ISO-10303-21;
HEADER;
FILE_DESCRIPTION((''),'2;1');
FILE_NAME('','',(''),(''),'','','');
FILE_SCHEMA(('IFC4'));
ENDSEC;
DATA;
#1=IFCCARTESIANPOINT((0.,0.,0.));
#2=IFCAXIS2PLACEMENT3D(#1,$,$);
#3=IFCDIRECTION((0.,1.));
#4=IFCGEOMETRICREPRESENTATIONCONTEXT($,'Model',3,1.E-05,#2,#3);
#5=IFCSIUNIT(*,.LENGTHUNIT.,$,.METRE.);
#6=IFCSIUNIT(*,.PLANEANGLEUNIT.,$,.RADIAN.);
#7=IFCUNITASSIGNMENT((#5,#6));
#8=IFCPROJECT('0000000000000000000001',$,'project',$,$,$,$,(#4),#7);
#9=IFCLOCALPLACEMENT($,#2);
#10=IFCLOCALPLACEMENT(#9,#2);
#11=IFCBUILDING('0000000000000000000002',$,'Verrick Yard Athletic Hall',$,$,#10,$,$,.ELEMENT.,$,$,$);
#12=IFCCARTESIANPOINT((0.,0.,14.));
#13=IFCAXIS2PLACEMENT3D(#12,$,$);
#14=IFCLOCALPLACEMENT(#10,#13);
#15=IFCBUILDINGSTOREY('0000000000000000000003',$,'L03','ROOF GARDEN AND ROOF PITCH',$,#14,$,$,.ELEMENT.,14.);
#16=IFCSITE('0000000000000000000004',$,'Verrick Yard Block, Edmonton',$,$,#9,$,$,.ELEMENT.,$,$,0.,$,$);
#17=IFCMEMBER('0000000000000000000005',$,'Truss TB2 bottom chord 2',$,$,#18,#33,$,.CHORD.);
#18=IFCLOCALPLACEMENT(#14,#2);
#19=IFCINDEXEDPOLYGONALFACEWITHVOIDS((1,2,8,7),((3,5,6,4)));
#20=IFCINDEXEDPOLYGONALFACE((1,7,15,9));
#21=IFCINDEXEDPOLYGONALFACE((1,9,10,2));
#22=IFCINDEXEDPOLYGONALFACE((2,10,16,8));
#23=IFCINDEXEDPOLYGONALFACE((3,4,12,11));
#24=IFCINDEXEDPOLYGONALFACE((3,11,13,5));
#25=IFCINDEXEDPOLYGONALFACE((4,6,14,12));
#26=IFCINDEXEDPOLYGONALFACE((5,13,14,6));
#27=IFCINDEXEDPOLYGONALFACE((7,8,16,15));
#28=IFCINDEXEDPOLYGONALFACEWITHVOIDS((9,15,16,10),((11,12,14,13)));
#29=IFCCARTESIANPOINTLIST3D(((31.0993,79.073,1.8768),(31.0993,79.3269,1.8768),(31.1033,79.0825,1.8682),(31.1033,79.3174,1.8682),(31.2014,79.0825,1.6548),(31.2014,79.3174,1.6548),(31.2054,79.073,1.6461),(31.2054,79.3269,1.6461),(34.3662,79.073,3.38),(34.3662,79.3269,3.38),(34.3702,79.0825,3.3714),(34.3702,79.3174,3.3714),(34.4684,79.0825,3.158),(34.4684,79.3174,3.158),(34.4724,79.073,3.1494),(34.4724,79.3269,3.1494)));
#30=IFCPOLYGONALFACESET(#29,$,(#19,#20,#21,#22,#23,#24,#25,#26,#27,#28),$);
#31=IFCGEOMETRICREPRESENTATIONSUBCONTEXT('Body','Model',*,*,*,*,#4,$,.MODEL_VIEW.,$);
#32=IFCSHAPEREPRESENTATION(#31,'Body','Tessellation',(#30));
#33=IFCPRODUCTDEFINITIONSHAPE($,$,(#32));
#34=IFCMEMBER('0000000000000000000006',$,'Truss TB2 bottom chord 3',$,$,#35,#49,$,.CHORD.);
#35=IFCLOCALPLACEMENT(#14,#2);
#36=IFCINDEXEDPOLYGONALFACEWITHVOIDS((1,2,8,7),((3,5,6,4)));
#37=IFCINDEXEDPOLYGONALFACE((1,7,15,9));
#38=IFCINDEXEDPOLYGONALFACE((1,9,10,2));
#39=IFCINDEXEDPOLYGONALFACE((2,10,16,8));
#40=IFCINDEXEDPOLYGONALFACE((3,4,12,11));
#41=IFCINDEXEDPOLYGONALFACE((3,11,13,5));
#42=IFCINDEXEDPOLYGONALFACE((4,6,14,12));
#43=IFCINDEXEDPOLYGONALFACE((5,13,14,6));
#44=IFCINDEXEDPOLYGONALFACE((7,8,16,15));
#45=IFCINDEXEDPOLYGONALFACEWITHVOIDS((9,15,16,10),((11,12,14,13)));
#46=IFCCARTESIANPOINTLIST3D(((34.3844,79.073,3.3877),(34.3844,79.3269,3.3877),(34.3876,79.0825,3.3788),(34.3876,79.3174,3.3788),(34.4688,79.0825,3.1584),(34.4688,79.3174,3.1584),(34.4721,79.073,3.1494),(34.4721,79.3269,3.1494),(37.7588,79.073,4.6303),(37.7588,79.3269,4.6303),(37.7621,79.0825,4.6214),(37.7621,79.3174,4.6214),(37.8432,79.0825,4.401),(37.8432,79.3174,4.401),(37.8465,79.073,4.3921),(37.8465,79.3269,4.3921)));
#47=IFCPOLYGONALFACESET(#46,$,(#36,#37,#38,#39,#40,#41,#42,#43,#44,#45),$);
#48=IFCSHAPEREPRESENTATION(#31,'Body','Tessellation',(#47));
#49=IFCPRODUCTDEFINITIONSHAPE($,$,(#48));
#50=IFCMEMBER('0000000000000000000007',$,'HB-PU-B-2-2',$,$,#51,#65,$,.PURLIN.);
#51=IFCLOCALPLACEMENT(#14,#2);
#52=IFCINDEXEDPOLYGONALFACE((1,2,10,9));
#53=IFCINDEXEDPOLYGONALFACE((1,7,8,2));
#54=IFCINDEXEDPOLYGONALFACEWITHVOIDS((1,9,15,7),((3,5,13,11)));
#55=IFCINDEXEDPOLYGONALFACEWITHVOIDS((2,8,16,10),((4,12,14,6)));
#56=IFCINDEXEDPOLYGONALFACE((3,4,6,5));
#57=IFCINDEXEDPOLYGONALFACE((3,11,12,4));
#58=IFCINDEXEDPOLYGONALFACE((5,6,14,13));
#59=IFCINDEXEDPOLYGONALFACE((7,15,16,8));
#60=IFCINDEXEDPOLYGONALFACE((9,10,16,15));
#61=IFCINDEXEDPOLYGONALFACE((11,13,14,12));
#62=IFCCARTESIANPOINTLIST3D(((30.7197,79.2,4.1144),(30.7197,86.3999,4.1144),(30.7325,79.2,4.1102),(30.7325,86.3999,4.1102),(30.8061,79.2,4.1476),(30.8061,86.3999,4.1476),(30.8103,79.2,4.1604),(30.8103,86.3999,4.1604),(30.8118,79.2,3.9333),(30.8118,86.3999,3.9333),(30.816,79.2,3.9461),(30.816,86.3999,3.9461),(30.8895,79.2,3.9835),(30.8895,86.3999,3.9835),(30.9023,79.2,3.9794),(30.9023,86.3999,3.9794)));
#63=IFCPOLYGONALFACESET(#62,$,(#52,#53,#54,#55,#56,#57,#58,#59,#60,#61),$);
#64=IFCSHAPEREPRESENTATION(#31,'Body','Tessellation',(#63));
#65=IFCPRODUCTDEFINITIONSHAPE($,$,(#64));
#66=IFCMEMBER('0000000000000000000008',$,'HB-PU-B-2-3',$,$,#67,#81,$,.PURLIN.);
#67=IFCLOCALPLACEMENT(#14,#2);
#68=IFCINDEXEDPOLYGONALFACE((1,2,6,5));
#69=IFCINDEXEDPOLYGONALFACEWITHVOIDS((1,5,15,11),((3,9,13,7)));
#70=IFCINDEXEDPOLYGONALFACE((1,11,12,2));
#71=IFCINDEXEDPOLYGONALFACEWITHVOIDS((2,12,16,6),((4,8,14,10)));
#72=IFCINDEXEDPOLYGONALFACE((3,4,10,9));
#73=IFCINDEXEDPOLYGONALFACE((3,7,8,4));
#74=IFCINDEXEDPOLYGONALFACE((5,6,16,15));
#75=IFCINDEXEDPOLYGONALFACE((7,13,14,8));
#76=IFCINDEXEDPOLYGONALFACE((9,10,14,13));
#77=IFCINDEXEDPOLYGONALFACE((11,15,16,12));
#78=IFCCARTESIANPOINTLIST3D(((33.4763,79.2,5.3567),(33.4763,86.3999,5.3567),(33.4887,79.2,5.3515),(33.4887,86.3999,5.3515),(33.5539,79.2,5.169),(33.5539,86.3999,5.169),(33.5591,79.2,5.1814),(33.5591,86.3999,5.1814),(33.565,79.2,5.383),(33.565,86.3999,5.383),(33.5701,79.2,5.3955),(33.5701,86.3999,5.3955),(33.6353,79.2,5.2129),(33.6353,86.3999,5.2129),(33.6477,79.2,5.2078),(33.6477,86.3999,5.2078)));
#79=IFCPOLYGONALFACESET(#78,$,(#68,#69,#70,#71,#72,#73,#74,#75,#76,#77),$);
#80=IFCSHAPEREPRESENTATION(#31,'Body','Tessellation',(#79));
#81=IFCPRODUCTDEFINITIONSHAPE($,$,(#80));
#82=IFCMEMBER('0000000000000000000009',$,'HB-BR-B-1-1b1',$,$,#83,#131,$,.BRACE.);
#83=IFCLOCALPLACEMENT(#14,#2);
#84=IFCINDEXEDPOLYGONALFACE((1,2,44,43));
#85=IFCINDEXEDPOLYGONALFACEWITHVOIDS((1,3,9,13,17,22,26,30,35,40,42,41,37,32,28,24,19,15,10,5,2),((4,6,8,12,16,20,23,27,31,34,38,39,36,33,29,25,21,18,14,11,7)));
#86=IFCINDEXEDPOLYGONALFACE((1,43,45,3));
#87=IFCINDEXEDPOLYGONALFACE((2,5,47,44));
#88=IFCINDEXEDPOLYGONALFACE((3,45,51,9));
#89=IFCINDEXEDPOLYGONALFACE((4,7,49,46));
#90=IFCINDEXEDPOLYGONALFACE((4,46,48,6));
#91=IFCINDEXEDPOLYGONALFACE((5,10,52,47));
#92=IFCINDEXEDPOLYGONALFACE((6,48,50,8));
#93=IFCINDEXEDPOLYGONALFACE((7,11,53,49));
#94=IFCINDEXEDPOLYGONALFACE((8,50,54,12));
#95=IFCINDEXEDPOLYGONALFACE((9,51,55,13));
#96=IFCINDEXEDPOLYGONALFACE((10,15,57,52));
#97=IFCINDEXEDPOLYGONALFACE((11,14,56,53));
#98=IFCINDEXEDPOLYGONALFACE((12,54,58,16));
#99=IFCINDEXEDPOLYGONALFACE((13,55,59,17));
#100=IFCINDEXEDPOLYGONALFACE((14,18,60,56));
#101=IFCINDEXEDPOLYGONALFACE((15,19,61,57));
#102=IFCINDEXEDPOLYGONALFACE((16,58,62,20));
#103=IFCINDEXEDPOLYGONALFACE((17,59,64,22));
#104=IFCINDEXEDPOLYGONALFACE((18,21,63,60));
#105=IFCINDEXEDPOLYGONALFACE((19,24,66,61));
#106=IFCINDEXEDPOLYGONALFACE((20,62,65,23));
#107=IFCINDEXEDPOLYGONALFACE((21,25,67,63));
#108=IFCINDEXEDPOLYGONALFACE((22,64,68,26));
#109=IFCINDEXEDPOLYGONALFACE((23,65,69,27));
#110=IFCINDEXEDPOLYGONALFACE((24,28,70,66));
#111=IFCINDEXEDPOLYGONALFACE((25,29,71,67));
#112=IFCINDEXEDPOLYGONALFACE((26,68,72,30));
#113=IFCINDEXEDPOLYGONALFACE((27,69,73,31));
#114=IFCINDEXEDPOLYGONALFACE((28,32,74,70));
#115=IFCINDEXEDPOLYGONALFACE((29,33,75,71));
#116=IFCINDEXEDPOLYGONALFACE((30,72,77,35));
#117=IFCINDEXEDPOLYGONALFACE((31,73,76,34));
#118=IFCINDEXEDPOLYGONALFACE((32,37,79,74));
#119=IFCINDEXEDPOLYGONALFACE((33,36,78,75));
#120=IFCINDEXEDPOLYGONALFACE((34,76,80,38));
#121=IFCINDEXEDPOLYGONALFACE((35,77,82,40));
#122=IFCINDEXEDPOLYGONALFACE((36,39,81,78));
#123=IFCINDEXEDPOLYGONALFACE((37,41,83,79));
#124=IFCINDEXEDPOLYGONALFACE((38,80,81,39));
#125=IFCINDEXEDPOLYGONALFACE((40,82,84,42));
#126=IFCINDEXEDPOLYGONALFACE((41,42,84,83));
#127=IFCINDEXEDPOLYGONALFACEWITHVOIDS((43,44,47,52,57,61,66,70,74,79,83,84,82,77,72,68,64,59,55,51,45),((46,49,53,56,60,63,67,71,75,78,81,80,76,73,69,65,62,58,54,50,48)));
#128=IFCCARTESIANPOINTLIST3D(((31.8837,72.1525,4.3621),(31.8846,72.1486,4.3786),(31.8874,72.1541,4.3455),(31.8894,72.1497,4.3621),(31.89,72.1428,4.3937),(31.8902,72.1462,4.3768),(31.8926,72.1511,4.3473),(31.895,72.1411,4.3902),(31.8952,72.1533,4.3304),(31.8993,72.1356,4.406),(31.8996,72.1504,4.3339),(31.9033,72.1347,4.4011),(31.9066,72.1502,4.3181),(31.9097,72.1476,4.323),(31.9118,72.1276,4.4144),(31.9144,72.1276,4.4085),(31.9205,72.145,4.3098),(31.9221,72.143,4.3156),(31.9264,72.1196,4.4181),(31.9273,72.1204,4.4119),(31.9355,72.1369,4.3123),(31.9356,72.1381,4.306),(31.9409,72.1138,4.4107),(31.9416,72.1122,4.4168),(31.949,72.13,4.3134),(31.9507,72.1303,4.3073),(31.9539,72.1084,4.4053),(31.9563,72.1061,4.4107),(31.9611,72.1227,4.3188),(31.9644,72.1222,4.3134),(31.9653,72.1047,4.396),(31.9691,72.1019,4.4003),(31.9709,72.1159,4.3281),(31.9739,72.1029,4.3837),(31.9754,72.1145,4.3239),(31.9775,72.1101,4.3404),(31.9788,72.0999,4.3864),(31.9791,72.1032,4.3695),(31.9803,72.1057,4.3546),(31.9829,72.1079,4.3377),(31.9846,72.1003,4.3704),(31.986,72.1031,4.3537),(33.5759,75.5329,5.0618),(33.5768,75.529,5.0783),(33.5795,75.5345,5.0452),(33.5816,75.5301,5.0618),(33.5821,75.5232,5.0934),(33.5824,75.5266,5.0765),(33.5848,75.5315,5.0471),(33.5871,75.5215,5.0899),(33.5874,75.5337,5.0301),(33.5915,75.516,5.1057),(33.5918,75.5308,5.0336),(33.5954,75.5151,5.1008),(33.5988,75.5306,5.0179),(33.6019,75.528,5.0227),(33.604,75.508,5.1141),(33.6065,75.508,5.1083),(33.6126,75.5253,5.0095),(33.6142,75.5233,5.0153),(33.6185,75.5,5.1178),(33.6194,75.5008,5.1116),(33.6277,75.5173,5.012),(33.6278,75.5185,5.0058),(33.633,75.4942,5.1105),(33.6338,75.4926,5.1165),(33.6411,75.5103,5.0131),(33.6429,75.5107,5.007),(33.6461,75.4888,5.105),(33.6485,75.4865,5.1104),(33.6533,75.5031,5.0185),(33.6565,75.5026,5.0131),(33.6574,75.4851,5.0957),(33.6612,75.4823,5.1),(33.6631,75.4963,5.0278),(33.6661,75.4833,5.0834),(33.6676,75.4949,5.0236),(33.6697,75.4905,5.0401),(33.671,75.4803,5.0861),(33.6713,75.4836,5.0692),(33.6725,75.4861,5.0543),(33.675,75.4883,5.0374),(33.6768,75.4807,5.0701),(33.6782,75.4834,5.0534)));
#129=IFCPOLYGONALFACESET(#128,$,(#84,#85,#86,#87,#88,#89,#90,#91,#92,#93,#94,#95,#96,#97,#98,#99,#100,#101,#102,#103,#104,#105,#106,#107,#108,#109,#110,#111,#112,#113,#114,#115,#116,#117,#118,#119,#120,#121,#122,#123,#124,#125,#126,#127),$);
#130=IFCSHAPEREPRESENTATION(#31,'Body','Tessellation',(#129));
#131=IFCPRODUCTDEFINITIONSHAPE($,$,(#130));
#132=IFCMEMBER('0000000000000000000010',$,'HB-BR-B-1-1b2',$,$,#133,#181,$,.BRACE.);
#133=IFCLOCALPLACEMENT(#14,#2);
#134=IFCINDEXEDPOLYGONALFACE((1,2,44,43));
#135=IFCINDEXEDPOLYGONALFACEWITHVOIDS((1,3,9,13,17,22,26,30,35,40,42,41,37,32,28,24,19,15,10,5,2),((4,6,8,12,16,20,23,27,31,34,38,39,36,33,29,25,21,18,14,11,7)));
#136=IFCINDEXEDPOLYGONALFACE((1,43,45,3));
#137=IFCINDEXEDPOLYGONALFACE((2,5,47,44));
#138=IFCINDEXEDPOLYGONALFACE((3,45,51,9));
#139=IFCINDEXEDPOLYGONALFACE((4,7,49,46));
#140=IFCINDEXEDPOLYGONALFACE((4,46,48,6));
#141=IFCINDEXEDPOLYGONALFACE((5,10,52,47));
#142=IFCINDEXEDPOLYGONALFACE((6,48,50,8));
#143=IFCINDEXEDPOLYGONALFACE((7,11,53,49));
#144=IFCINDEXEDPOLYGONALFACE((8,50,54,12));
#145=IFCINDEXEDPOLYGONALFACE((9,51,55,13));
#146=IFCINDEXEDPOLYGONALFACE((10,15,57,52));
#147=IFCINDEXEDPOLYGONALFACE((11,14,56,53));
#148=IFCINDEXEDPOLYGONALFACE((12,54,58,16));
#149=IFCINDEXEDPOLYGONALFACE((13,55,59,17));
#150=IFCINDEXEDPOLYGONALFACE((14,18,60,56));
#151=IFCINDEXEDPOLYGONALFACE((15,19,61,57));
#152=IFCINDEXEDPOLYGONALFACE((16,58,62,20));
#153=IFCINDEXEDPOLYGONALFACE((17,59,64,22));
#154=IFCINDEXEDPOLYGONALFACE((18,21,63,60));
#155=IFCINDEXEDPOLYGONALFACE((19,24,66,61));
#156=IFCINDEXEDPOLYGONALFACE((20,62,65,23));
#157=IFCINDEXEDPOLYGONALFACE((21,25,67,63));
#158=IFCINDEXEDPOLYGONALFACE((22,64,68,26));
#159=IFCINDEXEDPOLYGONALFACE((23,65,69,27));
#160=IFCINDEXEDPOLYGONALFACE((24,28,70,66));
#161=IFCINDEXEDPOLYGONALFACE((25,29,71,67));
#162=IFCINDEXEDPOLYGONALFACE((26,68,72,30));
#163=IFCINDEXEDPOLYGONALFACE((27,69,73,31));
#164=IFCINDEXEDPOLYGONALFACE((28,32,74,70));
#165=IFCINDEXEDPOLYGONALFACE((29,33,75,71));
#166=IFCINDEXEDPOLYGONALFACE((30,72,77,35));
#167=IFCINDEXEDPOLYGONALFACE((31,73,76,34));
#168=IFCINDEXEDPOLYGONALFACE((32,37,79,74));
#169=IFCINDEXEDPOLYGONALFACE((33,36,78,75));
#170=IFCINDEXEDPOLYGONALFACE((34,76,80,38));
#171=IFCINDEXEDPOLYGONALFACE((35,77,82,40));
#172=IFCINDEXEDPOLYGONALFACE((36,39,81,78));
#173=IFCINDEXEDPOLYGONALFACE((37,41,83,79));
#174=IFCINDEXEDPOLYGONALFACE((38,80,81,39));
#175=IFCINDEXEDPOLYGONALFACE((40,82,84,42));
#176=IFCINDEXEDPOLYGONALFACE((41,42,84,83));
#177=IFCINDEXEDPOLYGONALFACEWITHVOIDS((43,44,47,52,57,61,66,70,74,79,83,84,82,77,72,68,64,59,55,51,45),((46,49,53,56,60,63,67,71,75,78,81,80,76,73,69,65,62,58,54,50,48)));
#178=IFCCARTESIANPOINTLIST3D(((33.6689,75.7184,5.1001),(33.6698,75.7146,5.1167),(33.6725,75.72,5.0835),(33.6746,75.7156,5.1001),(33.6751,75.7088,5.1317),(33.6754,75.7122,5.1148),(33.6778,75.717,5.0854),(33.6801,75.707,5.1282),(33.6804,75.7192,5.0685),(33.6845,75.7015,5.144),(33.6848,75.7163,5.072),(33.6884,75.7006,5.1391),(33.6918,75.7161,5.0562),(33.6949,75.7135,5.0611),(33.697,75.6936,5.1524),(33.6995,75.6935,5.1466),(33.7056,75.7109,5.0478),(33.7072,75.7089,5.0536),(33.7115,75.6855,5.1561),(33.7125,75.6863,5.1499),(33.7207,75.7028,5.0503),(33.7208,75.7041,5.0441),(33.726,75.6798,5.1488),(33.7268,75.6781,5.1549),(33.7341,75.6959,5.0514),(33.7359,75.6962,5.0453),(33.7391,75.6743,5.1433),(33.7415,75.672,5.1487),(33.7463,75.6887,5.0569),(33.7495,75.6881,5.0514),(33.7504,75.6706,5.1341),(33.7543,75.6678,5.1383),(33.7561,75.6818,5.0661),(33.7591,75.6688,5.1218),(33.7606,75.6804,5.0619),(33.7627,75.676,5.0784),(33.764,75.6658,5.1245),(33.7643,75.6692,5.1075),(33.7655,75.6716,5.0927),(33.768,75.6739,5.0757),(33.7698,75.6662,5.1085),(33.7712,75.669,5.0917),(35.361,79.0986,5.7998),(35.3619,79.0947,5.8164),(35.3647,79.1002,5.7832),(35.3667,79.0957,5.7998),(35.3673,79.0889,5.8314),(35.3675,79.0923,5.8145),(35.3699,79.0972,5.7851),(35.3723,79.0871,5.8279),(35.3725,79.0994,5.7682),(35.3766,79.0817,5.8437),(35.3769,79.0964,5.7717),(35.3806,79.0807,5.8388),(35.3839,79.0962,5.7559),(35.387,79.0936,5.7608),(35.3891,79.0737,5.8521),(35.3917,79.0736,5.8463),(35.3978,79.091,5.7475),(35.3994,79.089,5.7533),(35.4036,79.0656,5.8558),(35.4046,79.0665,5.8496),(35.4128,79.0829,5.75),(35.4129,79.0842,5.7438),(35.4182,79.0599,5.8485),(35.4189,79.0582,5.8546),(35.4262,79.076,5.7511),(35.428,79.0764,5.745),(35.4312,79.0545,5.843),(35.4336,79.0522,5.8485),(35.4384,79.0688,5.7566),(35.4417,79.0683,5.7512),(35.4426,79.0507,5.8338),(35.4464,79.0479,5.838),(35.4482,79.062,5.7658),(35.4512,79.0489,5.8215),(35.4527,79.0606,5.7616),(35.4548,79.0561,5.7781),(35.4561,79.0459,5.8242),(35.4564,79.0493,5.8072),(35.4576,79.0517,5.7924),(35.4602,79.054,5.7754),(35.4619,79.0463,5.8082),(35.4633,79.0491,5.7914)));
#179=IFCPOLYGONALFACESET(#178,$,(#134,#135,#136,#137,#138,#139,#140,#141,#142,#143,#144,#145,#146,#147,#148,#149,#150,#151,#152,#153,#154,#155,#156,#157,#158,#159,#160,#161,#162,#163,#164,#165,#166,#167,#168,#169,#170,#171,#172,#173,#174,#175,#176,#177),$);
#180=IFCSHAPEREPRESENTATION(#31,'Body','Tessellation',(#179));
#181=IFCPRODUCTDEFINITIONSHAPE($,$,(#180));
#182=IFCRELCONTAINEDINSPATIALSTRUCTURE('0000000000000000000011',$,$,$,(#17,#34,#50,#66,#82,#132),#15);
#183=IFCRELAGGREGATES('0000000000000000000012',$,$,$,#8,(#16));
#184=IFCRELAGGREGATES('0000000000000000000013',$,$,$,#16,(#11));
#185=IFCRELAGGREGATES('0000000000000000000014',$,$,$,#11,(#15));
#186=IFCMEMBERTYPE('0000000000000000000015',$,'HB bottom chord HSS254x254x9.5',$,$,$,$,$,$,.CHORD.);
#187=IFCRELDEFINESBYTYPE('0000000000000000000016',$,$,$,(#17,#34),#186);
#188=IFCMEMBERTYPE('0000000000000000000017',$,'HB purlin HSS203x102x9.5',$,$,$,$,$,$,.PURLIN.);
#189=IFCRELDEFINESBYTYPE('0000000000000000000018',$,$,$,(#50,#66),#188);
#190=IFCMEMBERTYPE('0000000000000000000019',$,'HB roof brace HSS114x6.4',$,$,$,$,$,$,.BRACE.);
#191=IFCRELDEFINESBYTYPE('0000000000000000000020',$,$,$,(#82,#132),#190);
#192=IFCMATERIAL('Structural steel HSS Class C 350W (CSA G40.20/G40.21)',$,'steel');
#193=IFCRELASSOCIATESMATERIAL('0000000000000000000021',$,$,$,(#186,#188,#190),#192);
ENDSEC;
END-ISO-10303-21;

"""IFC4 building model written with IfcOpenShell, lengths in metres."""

from ifc_helpers import new_model, si_unit, direction, frame, origin, origin_2d, place, context, subcontext, project, spatial, hollow_rectangle, hollow_circle, extrude, material, material_profile, profile_set, type_object, element, save


model = new_model("IFC4")

# Units and contexts
model_context = context("Model", 3, precision=1e-05, world=origin(), true_north=direction((0.0, 1.0)))
body_context = subcontext(model_context, "Body", "Model", "MODEL_VIEW")
ifc_project = project(units=[si_unit("LENGTHUNIT", "METRE"), si_unit("PLANEANGLEUNIT", "RADIAN")], contexts=[model_context])

# Site, building, storey
site_placement = place(None, origin())
site = spatial("IfcSite", under=ifc_project, at=site_placement, Name="Verrick Yard Block, Edmonton", CompositionType="ELEMENT", RefElevation=0.0)
building_placement = place(site_placement, origin())
building = spatial("IfcBuilding", under=site, at=building_placement, Name="Verrick Yard Athletic Hall", CompositionType="ELEMENT")
storey_placement = place(building_placement, frame((0.0, 0.0, 14.0)))
storey = spatial("IfcBuildingStorey", under=building, at=storey_placement, Name="L03", Description="ROOF GARDEN AND ROOF PITCH", CompositionType="ELEMENT", Elevation=14.0)

# Members
ifc_material_1 = material(Name="Structural steel HSS Class C 350W (CSA G40.20/G40.21)", Category="steel")
ifc_material_profile_1 = material_profile(ifc_material_1, hollow_rectangle(XDim=0.2539, YDim=0.2539, WallThickness=0.0095, at=origin_2d()), Name="HSS254x254x9.5")
ifc_profile_set_1 = profile_set([ifc_material_profile_1], Name="Structural steel HSS Class C 350W (CSA G40.20/G40.21)")
member_type_1 = type_object("IfcMemberType", Name="HB bottom chord HSS254x254x9.5", PredefinedType="CHORD", material=ifc_profile_set_1)
member_1_placement = place(storey_placement, frame((31.1523, 79.2, 1.7615), z_axis=(0.908446, 0.0, 0.418003), x_axis=(0.0, 1.0, 0.0)))
element("IfcMember", 1, at=member_1_placement, inside=storey, type_object=member_type_1, Name="Truss TB2 bottom chord 2", PredefinedType="CHORD", context=body_context, shape_type="SweptSolid", body=[
    extrude(hollow_rectangle(XDim=0.2539, YDim=0.2539, WallThickness=0.0095, at=origin_2d()), origin(), (0.0, 0.0, 1.0), 3.5962),
])
member_2_placement = place(storey_placement, frame((34.4282, 79.2, 3.2686), z_axis=(0.938394, 0.0, 0.345567), x_axis=(0.0, 1.0, 0.0)))
element("IfcMember", 2, at=member_2_placement, inside=storey, type_object=member_type_1, Name="Truss TB2 bottom chord 3", PredefinedType="CHORD", context=body_context, shape_type="SweptSolid", body=[
    extrude(hollow_rectangle(XDim=0.2539, YDim=0.2539, WallThickness=0.0095, at=origin_2d()), origin(), (0.0, 0.0, 1.0), 3.5959),
])
ifc_material_profile_2 = material_profile(ifc_material_1, hollow_rectangle(XDim=0.1016, YDim=0.2031, WallThickness=0.0095, at=origin_2d()), Name="HSS203x102x9.5")
ifc_profile_set_2 = profile_set([ifc_material_profile_2], Name="Structural steel HSS Class C 350W (CSA G40.20/G40.21)")
member_type_2 = type_object("IfcMemberType", Name="HB purlin HSS203x102x9.5", PredefinedType="PURLIN", material=ifc_profile_set_2)
for number, where, z_axis, x_axis, name in (
    (3, (30.811, 79.2, 4.0469), (0.0, 1.0, 0.0), (-0.891353, 0.0, -0.45331), "HB-PU-B-2-2"),
    (4, (33.562, 79.2, 5.2822), (0.0, 1.0, 0.0), (-0.924123, 0.0, -0.382096), "HB-PU-B-2-3"),
):
    element("IfcMember", number, at=place(storey_placement, frame(where, z_axis=z_axis, x_axis=x_axis)), inside=storey, type_object=member_type_2, Name=name, PredefinedType="PURLIN", context=body_context, shape_type="SweptSolid", body=[
        extrude(hollow_rectangle(XDim=0.1016, YDim=0.2031, WallThickness=0.0095, at=origin_2d()), origin(), (0.0, 0.0, 1.0), 7.2),
    ])
ifc_material_profile_3 = material_profile(ifc_material_1, hollow_circle(Radius=0.0571, WallThickness=0.0063, at=origin_2d()), Name="HSS114x6.4")
ifc_profile_set_3 = profile_set([ifc_material_profile_3], Name="Structural steel HSS Class C 350W (CSA G40.20/G40.21)")
member_type_3 = type_object("IfcMemberType", Name="HB roof brace HSS114x6.4", PredefinedType="BRACE", material=ifc_profile_set_3)
member_3_placement = place(storey_placement, frame((31.9348, 72.127, 4.3621), z_axis=(0.440151, 0.879285, 0.182004), x_axis=(-0.89422, 0.447627, 0.0)))
element("IfcMember", 5, at=member_3_placement, inside=storey, type_object=member_type_3, Name="HB-BR-B-1-1b1", PredefinedType="BRACE", context=body_context, shape_type="SweptSolid", body=[
    extrude(hollow_circle(Radius=0.0571, WallThickness=0.0063, at=origin_2d()), origin(), (0.0, 0.0, 1.0), 3.8445),
])
member_4_placement = place(storey_placement, frame((33.72, 75.6929, 5.1001), z_axis=(0.440175, 0.879271, 0.182014), x_axis=(-0.894207, 0.447653, 0.0)))
element("IfcMember", 6, at=member_4_placement, inside=storey, type_object=member_type_3, Name="HB-BR-B-1-1b2", PredefinedType="BRACE", context=body_context, shape_type="SweptSolid", body=[
    extrude(hollow_circle(Radius=0.0571, WallThickness=0.0063, at=origin_2d()), origin(), (0.0, 0.0, 1.0), 3.8442),
])

save(model, "model.ifc")
